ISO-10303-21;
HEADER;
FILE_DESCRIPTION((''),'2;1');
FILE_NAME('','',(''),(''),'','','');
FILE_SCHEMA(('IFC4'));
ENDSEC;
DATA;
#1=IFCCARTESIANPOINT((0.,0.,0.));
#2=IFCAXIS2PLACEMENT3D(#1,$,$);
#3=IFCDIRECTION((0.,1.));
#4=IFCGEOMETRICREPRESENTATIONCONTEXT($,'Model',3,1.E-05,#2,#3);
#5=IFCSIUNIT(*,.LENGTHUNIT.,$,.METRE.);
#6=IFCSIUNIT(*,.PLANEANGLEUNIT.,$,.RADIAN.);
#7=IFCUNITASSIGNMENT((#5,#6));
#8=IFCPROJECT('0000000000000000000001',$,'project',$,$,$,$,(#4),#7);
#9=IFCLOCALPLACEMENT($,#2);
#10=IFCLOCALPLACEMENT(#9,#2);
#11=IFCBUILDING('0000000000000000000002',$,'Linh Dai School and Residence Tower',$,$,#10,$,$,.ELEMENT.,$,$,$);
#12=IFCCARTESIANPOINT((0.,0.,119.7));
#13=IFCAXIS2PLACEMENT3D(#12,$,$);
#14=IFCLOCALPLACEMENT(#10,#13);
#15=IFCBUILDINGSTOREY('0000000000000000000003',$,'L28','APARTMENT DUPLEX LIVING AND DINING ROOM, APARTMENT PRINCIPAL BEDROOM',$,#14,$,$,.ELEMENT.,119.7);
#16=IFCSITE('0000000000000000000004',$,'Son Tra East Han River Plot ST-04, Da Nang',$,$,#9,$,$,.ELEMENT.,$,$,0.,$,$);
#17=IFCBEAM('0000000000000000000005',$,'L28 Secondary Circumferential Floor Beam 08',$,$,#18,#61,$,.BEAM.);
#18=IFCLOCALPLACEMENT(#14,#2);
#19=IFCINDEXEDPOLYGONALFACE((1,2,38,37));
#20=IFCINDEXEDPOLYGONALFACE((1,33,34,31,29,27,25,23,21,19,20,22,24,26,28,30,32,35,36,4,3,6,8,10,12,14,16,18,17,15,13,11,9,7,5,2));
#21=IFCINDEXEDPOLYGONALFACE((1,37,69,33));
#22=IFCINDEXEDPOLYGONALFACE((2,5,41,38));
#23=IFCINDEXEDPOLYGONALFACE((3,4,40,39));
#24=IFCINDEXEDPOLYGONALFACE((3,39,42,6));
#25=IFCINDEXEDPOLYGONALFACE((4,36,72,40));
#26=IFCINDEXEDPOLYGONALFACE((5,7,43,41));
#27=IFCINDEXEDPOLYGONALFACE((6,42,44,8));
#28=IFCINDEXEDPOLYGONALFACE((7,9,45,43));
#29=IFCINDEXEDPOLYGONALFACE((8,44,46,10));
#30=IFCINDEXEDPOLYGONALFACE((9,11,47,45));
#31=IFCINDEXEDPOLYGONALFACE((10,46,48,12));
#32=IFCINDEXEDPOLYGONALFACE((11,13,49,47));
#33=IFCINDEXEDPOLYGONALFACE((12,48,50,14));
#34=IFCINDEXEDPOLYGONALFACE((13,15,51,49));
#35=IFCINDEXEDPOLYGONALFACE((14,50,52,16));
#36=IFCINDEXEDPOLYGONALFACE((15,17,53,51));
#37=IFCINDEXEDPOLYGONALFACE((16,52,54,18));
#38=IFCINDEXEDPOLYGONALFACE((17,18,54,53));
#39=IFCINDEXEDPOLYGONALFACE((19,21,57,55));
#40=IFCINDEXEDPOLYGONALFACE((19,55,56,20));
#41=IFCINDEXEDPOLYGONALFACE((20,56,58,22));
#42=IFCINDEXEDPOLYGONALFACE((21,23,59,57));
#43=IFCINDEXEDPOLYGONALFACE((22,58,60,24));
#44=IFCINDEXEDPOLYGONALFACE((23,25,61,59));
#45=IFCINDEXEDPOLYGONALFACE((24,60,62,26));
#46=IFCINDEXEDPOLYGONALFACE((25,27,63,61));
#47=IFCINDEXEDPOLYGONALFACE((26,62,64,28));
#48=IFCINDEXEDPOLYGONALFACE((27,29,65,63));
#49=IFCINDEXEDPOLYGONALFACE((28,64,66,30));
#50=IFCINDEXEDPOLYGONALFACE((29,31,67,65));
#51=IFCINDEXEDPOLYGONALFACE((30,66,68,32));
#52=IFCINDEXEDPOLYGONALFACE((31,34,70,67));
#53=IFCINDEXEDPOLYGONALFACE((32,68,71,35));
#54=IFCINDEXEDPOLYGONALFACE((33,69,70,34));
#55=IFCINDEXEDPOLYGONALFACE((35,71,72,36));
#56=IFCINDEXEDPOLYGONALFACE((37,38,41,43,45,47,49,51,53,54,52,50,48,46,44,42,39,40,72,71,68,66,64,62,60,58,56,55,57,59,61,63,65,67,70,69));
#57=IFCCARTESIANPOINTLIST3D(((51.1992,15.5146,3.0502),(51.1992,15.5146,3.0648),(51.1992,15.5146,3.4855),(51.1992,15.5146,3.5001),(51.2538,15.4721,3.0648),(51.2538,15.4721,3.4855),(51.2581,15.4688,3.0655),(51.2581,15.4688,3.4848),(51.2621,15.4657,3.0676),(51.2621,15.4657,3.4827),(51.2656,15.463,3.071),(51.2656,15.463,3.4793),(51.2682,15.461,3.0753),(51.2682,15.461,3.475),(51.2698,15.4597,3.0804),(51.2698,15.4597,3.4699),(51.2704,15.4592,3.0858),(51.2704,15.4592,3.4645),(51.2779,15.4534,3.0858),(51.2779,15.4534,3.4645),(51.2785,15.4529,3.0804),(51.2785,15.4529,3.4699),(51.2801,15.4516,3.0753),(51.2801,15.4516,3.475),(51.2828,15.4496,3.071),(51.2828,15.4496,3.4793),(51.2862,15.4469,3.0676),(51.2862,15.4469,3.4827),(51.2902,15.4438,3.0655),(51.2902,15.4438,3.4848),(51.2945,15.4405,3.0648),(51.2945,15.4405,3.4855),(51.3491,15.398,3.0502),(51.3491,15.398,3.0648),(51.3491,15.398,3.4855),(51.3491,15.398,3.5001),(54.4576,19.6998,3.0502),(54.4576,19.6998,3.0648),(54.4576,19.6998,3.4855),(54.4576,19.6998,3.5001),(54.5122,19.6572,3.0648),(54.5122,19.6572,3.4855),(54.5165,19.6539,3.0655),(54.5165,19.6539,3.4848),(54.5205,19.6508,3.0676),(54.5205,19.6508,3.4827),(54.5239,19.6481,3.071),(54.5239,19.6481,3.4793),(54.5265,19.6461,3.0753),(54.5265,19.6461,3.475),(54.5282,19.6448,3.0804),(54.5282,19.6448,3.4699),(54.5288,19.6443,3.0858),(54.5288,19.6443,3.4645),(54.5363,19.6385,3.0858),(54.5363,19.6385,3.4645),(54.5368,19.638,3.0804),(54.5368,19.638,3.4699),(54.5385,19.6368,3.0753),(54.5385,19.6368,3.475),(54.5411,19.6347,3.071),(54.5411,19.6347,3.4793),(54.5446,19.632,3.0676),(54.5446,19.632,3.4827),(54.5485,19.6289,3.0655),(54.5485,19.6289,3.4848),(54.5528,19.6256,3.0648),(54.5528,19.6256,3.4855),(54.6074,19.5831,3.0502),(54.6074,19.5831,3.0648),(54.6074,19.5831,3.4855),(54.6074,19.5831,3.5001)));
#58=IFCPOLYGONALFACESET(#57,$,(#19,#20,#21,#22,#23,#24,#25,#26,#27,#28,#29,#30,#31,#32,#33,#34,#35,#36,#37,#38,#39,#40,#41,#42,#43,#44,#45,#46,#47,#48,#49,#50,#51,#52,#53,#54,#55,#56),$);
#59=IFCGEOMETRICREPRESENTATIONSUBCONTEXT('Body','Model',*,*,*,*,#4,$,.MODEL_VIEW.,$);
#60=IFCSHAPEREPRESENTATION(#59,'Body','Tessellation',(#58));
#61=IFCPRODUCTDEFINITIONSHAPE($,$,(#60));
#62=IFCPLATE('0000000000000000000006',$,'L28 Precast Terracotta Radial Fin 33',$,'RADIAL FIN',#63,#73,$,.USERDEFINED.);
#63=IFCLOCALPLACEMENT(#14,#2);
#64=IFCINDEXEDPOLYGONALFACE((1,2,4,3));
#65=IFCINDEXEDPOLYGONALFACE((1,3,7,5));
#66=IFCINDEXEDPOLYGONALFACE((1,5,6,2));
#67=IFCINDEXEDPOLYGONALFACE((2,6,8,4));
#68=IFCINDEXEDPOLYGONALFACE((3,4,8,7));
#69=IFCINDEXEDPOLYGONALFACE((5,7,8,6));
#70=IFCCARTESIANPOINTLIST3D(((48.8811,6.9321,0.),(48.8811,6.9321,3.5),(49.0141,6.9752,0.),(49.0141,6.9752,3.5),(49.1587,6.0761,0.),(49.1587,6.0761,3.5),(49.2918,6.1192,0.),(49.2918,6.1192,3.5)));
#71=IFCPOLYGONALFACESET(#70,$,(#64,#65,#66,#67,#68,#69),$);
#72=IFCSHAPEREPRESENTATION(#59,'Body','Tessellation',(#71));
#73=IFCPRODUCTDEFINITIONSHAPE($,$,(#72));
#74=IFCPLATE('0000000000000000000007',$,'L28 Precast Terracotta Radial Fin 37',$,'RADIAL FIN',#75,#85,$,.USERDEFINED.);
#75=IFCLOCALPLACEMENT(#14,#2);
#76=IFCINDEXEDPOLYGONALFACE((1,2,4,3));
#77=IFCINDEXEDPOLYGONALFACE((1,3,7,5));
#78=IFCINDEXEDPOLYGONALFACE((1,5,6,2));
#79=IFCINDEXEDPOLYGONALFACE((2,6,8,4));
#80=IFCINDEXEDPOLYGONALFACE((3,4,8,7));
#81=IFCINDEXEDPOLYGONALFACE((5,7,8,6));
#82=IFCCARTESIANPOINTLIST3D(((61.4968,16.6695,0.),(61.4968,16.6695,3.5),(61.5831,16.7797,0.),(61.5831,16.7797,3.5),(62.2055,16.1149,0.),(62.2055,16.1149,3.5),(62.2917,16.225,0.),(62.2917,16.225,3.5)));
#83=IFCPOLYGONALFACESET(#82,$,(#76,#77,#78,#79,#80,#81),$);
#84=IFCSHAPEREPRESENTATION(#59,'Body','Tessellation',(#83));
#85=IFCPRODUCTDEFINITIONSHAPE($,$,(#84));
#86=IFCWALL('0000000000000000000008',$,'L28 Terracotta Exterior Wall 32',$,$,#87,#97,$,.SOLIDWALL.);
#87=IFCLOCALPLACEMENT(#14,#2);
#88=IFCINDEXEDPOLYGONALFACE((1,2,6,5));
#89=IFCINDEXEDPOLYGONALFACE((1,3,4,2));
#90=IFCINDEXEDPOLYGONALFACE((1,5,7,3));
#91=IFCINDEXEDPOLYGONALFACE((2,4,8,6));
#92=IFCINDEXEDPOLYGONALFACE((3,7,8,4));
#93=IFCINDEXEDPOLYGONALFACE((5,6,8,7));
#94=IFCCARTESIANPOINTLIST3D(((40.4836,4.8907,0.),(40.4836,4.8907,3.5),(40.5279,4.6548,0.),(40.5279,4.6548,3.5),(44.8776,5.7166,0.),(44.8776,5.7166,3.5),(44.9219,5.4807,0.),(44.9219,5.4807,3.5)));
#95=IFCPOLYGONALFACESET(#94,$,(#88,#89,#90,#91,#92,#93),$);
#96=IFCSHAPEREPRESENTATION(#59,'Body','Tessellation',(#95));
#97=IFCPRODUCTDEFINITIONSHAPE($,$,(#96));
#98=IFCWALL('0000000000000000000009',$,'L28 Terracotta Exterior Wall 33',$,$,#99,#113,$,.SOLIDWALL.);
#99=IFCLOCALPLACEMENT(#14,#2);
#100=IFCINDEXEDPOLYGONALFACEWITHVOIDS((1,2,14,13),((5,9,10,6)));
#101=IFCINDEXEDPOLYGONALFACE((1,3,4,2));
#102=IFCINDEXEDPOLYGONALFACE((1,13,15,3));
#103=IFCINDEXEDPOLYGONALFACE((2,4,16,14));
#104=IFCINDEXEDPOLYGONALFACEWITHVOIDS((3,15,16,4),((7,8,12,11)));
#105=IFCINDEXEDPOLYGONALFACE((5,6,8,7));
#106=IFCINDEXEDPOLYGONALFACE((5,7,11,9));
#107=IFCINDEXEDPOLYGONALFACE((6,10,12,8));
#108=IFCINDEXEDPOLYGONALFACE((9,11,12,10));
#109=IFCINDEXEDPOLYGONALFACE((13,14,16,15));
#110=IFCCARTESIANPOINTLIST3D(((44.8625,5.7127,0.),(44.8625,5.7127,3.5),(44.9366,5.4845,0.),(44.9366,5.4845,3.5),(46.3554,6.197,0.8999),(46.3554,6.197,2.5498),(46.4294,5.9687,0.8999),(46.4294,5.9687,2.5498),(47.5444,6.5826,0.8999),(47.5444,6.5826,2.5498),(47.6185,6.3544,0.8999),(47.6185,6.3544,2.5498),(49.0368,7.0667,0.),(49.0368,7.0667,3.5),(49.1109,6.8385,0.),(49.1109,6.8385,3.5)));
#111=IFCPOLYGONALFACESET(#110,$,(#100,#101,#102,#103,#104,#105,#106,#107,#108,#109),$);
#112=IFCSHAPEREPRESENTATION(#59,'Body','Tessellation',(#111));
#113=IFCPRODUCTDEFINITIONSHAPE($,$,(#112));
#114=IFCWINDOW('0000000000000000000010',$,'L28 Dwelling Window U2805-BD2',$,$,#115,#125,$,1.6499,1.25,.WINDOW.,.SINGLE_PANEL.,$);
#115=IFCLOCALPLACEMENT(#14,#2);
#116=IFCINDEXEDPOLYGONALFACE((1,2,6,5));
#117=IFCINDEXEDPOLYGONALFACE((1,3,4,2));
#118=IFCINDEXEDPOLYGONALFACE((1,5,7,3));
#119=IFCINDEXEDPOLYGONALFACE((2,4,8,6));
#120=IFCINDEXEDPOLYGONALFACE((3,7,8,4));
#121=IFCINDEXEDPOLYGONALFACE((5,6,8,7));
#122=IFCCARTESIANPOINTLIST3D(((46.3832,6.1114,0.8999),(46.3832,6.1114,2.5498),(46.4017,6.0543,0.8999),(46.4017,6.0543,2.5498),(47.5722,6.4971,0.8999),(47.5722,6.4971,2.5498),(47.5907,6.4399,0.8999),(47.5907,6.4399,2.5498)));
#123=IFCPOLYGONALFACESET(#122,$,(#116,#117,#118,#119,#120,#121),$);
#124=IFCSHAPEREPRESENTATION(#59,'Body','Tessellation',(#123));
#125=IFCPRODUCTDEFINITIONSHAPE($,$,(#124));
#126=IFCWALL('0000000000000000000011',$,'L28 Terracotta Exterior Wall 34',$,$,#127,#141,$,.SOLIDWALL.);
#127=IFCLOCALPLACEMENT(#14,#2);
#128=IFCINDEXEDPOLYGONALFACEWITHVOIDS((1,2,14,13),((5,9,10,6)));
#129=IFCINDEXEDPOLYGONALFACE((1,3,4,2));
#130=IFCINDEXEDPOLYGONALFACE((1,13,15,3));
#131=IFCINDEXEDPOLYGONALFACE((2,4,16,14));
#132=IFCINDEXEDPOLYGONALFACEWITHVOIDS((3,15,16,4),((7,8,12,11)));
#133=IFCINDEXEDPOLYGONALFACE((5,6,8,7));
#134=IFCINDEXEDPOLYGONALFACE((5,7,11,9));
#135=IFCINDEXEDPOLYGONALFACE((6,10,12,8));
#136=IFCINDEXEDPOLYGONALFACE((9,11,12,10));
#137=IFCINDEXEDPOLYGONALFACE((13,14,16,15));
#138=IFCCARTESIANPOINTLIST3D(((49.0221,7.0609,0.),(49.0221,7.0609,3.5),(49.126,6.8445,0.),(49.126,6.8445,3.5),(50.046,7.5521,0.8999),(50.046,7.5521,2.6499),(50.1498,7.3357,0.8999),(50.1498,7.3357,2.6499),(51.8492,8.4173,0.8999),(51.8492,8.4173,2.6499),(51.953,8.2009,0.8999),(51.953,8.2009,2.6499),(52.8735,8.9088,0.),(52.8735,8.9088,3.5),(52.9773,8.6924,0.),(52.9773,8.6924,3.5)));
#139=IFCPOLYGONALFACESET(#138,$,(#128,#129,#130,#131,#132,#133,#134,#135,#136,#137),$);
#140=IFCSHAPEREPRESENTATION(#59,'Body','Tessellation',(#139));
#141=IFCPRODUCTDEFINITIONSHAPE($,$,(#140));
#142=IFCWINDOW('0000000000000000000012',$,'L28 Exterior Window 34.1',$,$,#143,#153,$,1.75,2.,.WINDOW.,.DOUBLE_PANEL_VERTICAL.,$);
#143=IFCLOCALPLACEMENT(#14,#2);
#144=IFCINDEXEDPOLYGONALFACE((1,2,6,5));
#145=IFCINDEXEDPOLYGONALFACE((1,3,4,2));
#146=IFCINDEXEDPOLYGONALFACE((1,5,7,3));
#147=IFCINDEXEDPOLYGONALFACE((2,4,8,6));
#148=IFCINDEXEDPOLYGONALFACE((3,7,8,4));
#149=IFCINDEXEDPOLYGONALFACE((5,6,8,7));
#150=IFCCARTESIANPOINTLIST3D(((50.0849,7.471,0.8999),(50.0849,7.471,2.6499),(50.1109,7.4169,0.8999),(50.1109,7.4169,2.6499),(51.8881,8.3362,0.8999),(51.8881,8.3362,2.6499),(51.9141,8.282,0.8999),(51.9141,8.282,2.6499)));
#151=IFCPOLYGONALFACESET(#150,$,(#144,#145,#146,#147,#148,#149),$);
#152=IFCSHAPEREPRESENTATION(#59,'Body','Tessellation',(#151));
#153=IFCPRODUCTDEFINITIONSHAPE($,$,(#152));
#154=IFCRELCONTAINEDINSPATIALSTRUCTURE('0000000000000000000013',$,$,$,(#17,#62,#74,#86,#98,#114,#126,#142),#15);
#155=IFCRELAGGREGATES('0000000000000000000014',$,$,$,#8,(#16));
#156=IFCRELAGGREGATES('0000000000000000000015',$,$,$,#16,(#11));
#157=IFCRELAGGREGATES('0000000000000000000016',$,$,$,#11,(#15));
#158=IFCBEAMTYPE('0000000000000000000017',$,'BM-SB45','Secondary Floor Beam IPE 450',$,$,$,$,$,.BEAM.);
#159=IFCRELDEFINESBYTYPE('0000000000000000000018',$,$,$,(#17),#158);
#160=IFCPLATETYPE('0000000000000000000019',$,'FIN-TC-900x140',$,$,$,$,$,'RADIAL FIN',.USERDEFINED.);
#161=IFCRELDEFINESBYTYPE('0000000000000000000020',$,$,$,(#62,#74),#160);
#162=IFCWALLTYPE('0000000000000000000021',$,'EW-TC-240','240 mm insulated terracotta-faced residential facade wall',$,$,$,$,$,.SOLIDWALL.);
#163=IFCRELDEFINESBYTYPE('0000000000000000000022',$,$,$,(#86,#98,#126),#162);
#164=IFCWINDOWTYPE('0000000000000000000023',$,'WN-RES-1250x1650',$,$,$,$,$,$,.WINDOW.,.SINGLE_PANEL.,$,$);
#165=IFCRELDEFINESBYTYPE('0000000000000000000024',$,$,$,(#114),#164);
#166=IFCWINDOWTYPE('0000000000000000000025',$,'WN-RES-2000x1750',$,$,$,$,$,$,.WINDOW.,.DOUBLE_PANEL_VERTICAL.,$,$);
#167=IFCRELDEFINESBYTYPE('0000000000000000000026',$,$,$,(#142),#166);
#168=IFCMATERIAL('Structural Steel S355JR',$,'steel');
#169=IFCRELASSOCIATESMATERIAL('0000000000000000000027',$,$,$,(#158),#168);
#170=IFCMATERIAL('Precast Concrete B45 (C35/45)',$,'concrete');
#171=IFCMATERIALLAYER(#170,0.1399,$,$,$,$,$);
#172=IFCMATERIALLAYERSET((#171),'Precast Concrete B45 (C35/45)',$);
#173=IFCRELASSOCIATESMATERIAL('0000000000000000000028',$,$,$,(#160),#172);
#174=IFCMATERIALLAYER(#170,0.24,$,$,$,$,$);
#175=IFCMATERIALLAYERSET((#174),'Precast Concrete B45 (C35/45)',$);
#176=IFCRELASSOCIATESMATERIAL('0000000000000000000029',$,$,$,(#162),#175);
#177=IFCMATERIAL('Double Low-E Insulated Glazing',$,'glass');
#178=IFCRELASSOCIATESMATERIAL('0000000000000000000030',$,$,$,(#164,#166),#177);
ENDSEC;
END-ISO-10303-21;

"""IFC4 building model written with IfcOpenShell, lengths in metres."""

from ifc_helpers import new_model, si_unit, direction, frame, frame_2d, origin, origin_2d, place, context, subcontext, project, spatial, rectangle, i_section, extrude, source, transform, mapped, material, layer, layer_set, material_profile, profile_set, type_object, element, fill, save


model = new_model("IFC4")

# Units and contexts
model_context = context("Model", 3, precision=1e-05, world=origin(), true_north=direction((0.0, 1.0)))
body_context = subcontext(model_context, "Body", "Model", "MODEL_VIEW")
ifc_project = project(units=[si_unit("LENGTHUNIT", "METRE"), si_unit("PLANEANGLEUNIT", "RADIAN")], contexts=[model_context])

# Site, building, storey
site_placement = place(None, origin())
site = spatial("IfcSite", under=ifc_project, at=site_placement, Name="Son Tra East Han River Plot ST-04, Da Nang", CompositionType="ELEMENT", RefElevation=0.0)
building_placement = place(site_placement, origin())
building = spatial("IfcBuilding", under=site, at=building_placement, Name="Linh Dai School and Residence Tower", CompositionType="ELEMENT")
storey_placement = place(building_placement, frame((0.0, 0.0, 119.7)))
storey = spatial("IfcBuildingStorey", under=building, at=storey_placement, Name="L28", Description="APARTMENT DUPLEX LIVING AND DINING ROOM, APARTMENT PRINCIPAL BEDROOM", CompositionType="ELEMENT", Elevation=119.7)

# Shared definitions
ifc_material_1 = material(Name="Structural Steel S355JR", Category="steel")

# Beam
ifc_material_profile_1 = material_profile(ifc_material_1, i_section(OverallWidth=0.1899, OverallDepth=0.45, WebThickness=0.0095, FlangeThickness=0.0146, FilletRadius=0.021, at=origin_2d()), Name="IPE 450")
ifc_profile_set_1 = profile_set([ifc_material_profile_1], Name="Structural Steel S355JR")
beam_type_1 = type_object("IfcBeamType", Name="BM-SB45", Description="Secondary Floor Beam IPE 450", PredefinedType="BEAM", material=ifc_profile_set_1)
beam_1_placement = place(storey_placement, frame((51.2742, 15.4563, 3.2751), z_axis=(0.614323, 0.789055, 0.0), x_axis=(-0.789055, 0.614323, 0.0)))
element("IfcBeam", 1, at=beam_1_placement, inside=storey, type_object=beam_type_1, Name="L28 Secondary Circumferential Floor Beam 08", PredefinedType="BEAM", context=body_context, shape_type="SweptSolid", body=[
    extrude(i_section(OverallWidth=0.1899, OverallDepth=0.45, WebThickness=0.0095, FlangeThickness=0.0146, FilletRadius=0.021, at=origin_2d()), origin(), (0.0, 0.0, 1.0), 5.304),
])

# Plates
ifc_material_2 = material(Name="Precast Concrete B45 (C35/45)", Category="concrete")
ifc_layer_1 = layer(ifc_material_2, 0.1399)
ifc_layer_set_1 = layer_set([ifc_layer_1], Name="Precast Concrete B45 (C35/45)")
plate_type = type_object("IfcPlateType", Name="FIN-TC-900x140", ElementType="RADIAL FIN", PredefinedType="USERDEFINED", material=ifc_layer_set_1)
shared_shape_1 = source(origin(), body_context, "Body", "SweptSolid", [
    extrude(rectangle(XDim=0.8999, YDim=0.1399, at=origin_2d()), origin(), (0.0, 0.0, 1.0), 3.5),
])
for number, where, z_axis, x_axis, name in (
    (2, (49.0864, 6.5256, 0.0), (0.0, 0.0, 1.0), (0.308522, -0.951217, 0.0), "L28 Precast Terracotta Radial Fin 33"),
    (3, (61.8943, 16.4473, 0.0), (0.0, 0.0, 1.0), (0.787508, -0.616305, 0.0), "L28 Precast Terracotta Radial Fin 37"),
):
    element("IfcPlate", number, at=place(storey_placement, frame(where, z_axis=z_axis, x_axis=x_axis)), inside=storey, type_object=plate_type, Name=name, ObjectType="RADIAL FIN", PredefinedType="USERDEFINED", context=body_context, shape_type="MappedRepresentation", body=[
        mapped(shared_shape_1, transform((0.0, 0.0, 0.0), x_axis=(1.0, 0.0, 0.0), y_axis=(0.0, 1.0, 0.0), z_axis=(0.0, 0.0, 1.0), scale=1.0)),
    ])

# Wall
ifc_layer_2 = layer(ifc_material_2, 0.24)
ifc_layer_set_2 = layer_set([ifc_layer_2], Name="Precast Concrete B45 (C35/45)")
wall_type_1 = type_object("IfcWallType", Name="EW-TC-240", Description="240 mm insulated terracotta-faced residential facade wall", PredefinedType="SOLIDWALL", material=ifc_layer_set_2)
wall_1_placement = place(storey_placement, frame((44.8997, 5.5986, 0.0), z_axis=(0.0, 0.0, 1.0), x_axis=(-0.982789, -0.18473, 0.0)))
element("IfcWall", 4, at=wall_1_placement, inside=storey, type_object=wall_type_1, Name="L28 Terracotta Exterior Wall 32", PredefinedType="SOLIDWALL", context=body_context, shape_type="SweptSolid", body=[
    extrude(rectangle(XDim=4.4709, YDim=0.24, at=frame_2d((2.2354, 0.0))), origin(), (0.0, 0.0, 1.0), 3.5),
])

# Walls, openings, windows
wall_2_placement = place(storey_placement, frame((49.074, 6.9526, 0.0), z_axis=(0.0, 0.0, 1.0), x_axis=(-0.951211, -0.30854, 0.0)))
wall_2 = element("IfcWall", 5, at=wall_2_placement, inside=storey, type_object=wall_type_1, Name="L28 Terracotta Exterior Wall 33", PredefinedType="SOLIDWALL", context=body_context, shape_type="SweptSolid", body=[
    extrude(rectangle(XDim=4.3884, YDim=0.24, at=frame_2d((2.1943, 0.0))), origin(), (0.0, 0.0, 1.0), 3.5),
])
opening_1_placement = place(wall_2_placement, frame((1.5691, 0.0, 0.8999)))
opening_1 = element("IfcOpeningElement", 6, at=opening_1_placement, cuts=wall_2, PredefinedType="OPENING", context=body_context, shape_type="SweptSolid", body=[
    extrude(rectangle(XDim=1.25, YDim=1.6499, at=origin_2d()), frame((0.625, 0.1299, 0.825), z_axis=(0.0, -1.0, 0.0), x_axis=(1.0, 0.0, 0.0)), (0.0, 0.0, 1.0), 0.26),
])
ifc_material_3 = material(Name="Double Low-E Insulated Glazing", Category="glass")
window_type_1 = type_object("IfcWindowType", Name="WN-RES-1250x1650", PartitioningType="SINGLE_PANEL", PredefinedType="WINDOW", material=ifc_material_3)
shared_shape_2 = source(origin(), body_context, "Body", "SweptSolid", [
    extrude(rectangle(XDim=1.25, YDim=1.6499, at=origin_2d()), frame((0.625, 0.03, 0.825), z_axis=(0.0, -1.0, 0.0), x_axis=(1.0, 0.0, 0.0)), (0.0, 0.0, 1.0), 0.0601),
])
window_1_placement = place(opening_1_placement, origin())
window_1 = element("IfcWindow", 7, at=window_1_placement, inside=storey, type_object=window_type_1, Name="L28 Dwelling Window U2805-BD2", OverallHeight=1.6499, OverallWidth=1.25, PartitioningType="SINGLE_PANEL", PredefinedType="WINDOW", context=body_context, shape_type="MappedRepresentation", body=[
    mapped(shared_shape_2, transform((0.0, 0.0, 0.0), x_axis=(1.0, 0.0, 0.0), y_axis=(0.0, 1.0, 0.0), z_axis=(0.0, 0.0, 1.0), scale=1.0)),
])
fill(opening_1, window_1)
wall_3_placement = place(storey_placement, frame((52.9253, 8.8005, 0.0), z_axis=(0.0, 0.0, 1.0), x_axis=(-0.90159, -0.432592, 0.0)))
wall_3 = element("IfcWall", 8, at=wall_3_placement, inside=storey, type_object=wall_type_1, Name="L28 Terracotta Exterior Wall 34", PredefinedType="SOLIDWALL", context=body_context, shape_type="SweptSolid", body=[
    extrude(rectangle(XDim=4.2717, YDim=0.24, at=frame_2d((2.1357, 0.0))), origin(), (0.0, 0.0, 1.0), 3.5),
])
opening_2_placement = place(wall_3_placement, frame((1.136, 0.0, 0.8999)))
opening_2 = element("IfcOpeningElement", 9, at=opening_2_placement, cuts=wall_3, PredefinedType="OPENING", context=body_context, shape_type="SweptSolid", body=[
    extrude(rectangle(XDim=2.0, YDim=1.75, at=origin_2d()), frame((1.0, 0.1299, 0.875), z_axis=(0.0, -1.0, 0.0), x_axis=(1.0, 0.0, 0.0)), (0.0, 0.0, 1.0), 0.26),
])
window_type_2 = type_object("IfcWindowType", Name="WN-RES-2000x1750", PartitioningType="DOUBLE_PANEL_VERTICAL", PredefinedType="WINDOW", material=ifc_material_3)
shared_shape_3 = source(origin(), body_context, "Body", "SweptSolid", [
    extrude(rectangle(XDim=2.0, YDim=1.75, at=origin_2d()), frame((1.0, 0.03, 0.875), z_axis=(0.0, -1.0, 0.0), x_axis=(1.0, 0.0, 0.0)), (0.0, 0.0, 1.0), 0.0601),
])
window_2_placement = place(opening_2_placement, origin())
window_2 = element("IfcWindow", 10, at=window_2_placement, inside=storey, type_object=window_type_2, Name="L28 Exterior Window 34.1", OverallHeight=1.75, OverallWidth=2.0, PartitioningType="DOUBLE_PANEL_VERTICAL", PredefinedType="WINDOW", context=body_context, shape_type="MappedRepresentation", body=[
    mapped(shared_shape_3, transform((0.0, 0.0, 0.0), x_axis=(1.0, 0.0, 0.0), y_axis=(0.0, 1.0, 0.0), z_axis=(0.0, 0.0, 1.0), scale=1.0)),
])
fill(opening_2, window_2)

save(model, "model.ifc")
